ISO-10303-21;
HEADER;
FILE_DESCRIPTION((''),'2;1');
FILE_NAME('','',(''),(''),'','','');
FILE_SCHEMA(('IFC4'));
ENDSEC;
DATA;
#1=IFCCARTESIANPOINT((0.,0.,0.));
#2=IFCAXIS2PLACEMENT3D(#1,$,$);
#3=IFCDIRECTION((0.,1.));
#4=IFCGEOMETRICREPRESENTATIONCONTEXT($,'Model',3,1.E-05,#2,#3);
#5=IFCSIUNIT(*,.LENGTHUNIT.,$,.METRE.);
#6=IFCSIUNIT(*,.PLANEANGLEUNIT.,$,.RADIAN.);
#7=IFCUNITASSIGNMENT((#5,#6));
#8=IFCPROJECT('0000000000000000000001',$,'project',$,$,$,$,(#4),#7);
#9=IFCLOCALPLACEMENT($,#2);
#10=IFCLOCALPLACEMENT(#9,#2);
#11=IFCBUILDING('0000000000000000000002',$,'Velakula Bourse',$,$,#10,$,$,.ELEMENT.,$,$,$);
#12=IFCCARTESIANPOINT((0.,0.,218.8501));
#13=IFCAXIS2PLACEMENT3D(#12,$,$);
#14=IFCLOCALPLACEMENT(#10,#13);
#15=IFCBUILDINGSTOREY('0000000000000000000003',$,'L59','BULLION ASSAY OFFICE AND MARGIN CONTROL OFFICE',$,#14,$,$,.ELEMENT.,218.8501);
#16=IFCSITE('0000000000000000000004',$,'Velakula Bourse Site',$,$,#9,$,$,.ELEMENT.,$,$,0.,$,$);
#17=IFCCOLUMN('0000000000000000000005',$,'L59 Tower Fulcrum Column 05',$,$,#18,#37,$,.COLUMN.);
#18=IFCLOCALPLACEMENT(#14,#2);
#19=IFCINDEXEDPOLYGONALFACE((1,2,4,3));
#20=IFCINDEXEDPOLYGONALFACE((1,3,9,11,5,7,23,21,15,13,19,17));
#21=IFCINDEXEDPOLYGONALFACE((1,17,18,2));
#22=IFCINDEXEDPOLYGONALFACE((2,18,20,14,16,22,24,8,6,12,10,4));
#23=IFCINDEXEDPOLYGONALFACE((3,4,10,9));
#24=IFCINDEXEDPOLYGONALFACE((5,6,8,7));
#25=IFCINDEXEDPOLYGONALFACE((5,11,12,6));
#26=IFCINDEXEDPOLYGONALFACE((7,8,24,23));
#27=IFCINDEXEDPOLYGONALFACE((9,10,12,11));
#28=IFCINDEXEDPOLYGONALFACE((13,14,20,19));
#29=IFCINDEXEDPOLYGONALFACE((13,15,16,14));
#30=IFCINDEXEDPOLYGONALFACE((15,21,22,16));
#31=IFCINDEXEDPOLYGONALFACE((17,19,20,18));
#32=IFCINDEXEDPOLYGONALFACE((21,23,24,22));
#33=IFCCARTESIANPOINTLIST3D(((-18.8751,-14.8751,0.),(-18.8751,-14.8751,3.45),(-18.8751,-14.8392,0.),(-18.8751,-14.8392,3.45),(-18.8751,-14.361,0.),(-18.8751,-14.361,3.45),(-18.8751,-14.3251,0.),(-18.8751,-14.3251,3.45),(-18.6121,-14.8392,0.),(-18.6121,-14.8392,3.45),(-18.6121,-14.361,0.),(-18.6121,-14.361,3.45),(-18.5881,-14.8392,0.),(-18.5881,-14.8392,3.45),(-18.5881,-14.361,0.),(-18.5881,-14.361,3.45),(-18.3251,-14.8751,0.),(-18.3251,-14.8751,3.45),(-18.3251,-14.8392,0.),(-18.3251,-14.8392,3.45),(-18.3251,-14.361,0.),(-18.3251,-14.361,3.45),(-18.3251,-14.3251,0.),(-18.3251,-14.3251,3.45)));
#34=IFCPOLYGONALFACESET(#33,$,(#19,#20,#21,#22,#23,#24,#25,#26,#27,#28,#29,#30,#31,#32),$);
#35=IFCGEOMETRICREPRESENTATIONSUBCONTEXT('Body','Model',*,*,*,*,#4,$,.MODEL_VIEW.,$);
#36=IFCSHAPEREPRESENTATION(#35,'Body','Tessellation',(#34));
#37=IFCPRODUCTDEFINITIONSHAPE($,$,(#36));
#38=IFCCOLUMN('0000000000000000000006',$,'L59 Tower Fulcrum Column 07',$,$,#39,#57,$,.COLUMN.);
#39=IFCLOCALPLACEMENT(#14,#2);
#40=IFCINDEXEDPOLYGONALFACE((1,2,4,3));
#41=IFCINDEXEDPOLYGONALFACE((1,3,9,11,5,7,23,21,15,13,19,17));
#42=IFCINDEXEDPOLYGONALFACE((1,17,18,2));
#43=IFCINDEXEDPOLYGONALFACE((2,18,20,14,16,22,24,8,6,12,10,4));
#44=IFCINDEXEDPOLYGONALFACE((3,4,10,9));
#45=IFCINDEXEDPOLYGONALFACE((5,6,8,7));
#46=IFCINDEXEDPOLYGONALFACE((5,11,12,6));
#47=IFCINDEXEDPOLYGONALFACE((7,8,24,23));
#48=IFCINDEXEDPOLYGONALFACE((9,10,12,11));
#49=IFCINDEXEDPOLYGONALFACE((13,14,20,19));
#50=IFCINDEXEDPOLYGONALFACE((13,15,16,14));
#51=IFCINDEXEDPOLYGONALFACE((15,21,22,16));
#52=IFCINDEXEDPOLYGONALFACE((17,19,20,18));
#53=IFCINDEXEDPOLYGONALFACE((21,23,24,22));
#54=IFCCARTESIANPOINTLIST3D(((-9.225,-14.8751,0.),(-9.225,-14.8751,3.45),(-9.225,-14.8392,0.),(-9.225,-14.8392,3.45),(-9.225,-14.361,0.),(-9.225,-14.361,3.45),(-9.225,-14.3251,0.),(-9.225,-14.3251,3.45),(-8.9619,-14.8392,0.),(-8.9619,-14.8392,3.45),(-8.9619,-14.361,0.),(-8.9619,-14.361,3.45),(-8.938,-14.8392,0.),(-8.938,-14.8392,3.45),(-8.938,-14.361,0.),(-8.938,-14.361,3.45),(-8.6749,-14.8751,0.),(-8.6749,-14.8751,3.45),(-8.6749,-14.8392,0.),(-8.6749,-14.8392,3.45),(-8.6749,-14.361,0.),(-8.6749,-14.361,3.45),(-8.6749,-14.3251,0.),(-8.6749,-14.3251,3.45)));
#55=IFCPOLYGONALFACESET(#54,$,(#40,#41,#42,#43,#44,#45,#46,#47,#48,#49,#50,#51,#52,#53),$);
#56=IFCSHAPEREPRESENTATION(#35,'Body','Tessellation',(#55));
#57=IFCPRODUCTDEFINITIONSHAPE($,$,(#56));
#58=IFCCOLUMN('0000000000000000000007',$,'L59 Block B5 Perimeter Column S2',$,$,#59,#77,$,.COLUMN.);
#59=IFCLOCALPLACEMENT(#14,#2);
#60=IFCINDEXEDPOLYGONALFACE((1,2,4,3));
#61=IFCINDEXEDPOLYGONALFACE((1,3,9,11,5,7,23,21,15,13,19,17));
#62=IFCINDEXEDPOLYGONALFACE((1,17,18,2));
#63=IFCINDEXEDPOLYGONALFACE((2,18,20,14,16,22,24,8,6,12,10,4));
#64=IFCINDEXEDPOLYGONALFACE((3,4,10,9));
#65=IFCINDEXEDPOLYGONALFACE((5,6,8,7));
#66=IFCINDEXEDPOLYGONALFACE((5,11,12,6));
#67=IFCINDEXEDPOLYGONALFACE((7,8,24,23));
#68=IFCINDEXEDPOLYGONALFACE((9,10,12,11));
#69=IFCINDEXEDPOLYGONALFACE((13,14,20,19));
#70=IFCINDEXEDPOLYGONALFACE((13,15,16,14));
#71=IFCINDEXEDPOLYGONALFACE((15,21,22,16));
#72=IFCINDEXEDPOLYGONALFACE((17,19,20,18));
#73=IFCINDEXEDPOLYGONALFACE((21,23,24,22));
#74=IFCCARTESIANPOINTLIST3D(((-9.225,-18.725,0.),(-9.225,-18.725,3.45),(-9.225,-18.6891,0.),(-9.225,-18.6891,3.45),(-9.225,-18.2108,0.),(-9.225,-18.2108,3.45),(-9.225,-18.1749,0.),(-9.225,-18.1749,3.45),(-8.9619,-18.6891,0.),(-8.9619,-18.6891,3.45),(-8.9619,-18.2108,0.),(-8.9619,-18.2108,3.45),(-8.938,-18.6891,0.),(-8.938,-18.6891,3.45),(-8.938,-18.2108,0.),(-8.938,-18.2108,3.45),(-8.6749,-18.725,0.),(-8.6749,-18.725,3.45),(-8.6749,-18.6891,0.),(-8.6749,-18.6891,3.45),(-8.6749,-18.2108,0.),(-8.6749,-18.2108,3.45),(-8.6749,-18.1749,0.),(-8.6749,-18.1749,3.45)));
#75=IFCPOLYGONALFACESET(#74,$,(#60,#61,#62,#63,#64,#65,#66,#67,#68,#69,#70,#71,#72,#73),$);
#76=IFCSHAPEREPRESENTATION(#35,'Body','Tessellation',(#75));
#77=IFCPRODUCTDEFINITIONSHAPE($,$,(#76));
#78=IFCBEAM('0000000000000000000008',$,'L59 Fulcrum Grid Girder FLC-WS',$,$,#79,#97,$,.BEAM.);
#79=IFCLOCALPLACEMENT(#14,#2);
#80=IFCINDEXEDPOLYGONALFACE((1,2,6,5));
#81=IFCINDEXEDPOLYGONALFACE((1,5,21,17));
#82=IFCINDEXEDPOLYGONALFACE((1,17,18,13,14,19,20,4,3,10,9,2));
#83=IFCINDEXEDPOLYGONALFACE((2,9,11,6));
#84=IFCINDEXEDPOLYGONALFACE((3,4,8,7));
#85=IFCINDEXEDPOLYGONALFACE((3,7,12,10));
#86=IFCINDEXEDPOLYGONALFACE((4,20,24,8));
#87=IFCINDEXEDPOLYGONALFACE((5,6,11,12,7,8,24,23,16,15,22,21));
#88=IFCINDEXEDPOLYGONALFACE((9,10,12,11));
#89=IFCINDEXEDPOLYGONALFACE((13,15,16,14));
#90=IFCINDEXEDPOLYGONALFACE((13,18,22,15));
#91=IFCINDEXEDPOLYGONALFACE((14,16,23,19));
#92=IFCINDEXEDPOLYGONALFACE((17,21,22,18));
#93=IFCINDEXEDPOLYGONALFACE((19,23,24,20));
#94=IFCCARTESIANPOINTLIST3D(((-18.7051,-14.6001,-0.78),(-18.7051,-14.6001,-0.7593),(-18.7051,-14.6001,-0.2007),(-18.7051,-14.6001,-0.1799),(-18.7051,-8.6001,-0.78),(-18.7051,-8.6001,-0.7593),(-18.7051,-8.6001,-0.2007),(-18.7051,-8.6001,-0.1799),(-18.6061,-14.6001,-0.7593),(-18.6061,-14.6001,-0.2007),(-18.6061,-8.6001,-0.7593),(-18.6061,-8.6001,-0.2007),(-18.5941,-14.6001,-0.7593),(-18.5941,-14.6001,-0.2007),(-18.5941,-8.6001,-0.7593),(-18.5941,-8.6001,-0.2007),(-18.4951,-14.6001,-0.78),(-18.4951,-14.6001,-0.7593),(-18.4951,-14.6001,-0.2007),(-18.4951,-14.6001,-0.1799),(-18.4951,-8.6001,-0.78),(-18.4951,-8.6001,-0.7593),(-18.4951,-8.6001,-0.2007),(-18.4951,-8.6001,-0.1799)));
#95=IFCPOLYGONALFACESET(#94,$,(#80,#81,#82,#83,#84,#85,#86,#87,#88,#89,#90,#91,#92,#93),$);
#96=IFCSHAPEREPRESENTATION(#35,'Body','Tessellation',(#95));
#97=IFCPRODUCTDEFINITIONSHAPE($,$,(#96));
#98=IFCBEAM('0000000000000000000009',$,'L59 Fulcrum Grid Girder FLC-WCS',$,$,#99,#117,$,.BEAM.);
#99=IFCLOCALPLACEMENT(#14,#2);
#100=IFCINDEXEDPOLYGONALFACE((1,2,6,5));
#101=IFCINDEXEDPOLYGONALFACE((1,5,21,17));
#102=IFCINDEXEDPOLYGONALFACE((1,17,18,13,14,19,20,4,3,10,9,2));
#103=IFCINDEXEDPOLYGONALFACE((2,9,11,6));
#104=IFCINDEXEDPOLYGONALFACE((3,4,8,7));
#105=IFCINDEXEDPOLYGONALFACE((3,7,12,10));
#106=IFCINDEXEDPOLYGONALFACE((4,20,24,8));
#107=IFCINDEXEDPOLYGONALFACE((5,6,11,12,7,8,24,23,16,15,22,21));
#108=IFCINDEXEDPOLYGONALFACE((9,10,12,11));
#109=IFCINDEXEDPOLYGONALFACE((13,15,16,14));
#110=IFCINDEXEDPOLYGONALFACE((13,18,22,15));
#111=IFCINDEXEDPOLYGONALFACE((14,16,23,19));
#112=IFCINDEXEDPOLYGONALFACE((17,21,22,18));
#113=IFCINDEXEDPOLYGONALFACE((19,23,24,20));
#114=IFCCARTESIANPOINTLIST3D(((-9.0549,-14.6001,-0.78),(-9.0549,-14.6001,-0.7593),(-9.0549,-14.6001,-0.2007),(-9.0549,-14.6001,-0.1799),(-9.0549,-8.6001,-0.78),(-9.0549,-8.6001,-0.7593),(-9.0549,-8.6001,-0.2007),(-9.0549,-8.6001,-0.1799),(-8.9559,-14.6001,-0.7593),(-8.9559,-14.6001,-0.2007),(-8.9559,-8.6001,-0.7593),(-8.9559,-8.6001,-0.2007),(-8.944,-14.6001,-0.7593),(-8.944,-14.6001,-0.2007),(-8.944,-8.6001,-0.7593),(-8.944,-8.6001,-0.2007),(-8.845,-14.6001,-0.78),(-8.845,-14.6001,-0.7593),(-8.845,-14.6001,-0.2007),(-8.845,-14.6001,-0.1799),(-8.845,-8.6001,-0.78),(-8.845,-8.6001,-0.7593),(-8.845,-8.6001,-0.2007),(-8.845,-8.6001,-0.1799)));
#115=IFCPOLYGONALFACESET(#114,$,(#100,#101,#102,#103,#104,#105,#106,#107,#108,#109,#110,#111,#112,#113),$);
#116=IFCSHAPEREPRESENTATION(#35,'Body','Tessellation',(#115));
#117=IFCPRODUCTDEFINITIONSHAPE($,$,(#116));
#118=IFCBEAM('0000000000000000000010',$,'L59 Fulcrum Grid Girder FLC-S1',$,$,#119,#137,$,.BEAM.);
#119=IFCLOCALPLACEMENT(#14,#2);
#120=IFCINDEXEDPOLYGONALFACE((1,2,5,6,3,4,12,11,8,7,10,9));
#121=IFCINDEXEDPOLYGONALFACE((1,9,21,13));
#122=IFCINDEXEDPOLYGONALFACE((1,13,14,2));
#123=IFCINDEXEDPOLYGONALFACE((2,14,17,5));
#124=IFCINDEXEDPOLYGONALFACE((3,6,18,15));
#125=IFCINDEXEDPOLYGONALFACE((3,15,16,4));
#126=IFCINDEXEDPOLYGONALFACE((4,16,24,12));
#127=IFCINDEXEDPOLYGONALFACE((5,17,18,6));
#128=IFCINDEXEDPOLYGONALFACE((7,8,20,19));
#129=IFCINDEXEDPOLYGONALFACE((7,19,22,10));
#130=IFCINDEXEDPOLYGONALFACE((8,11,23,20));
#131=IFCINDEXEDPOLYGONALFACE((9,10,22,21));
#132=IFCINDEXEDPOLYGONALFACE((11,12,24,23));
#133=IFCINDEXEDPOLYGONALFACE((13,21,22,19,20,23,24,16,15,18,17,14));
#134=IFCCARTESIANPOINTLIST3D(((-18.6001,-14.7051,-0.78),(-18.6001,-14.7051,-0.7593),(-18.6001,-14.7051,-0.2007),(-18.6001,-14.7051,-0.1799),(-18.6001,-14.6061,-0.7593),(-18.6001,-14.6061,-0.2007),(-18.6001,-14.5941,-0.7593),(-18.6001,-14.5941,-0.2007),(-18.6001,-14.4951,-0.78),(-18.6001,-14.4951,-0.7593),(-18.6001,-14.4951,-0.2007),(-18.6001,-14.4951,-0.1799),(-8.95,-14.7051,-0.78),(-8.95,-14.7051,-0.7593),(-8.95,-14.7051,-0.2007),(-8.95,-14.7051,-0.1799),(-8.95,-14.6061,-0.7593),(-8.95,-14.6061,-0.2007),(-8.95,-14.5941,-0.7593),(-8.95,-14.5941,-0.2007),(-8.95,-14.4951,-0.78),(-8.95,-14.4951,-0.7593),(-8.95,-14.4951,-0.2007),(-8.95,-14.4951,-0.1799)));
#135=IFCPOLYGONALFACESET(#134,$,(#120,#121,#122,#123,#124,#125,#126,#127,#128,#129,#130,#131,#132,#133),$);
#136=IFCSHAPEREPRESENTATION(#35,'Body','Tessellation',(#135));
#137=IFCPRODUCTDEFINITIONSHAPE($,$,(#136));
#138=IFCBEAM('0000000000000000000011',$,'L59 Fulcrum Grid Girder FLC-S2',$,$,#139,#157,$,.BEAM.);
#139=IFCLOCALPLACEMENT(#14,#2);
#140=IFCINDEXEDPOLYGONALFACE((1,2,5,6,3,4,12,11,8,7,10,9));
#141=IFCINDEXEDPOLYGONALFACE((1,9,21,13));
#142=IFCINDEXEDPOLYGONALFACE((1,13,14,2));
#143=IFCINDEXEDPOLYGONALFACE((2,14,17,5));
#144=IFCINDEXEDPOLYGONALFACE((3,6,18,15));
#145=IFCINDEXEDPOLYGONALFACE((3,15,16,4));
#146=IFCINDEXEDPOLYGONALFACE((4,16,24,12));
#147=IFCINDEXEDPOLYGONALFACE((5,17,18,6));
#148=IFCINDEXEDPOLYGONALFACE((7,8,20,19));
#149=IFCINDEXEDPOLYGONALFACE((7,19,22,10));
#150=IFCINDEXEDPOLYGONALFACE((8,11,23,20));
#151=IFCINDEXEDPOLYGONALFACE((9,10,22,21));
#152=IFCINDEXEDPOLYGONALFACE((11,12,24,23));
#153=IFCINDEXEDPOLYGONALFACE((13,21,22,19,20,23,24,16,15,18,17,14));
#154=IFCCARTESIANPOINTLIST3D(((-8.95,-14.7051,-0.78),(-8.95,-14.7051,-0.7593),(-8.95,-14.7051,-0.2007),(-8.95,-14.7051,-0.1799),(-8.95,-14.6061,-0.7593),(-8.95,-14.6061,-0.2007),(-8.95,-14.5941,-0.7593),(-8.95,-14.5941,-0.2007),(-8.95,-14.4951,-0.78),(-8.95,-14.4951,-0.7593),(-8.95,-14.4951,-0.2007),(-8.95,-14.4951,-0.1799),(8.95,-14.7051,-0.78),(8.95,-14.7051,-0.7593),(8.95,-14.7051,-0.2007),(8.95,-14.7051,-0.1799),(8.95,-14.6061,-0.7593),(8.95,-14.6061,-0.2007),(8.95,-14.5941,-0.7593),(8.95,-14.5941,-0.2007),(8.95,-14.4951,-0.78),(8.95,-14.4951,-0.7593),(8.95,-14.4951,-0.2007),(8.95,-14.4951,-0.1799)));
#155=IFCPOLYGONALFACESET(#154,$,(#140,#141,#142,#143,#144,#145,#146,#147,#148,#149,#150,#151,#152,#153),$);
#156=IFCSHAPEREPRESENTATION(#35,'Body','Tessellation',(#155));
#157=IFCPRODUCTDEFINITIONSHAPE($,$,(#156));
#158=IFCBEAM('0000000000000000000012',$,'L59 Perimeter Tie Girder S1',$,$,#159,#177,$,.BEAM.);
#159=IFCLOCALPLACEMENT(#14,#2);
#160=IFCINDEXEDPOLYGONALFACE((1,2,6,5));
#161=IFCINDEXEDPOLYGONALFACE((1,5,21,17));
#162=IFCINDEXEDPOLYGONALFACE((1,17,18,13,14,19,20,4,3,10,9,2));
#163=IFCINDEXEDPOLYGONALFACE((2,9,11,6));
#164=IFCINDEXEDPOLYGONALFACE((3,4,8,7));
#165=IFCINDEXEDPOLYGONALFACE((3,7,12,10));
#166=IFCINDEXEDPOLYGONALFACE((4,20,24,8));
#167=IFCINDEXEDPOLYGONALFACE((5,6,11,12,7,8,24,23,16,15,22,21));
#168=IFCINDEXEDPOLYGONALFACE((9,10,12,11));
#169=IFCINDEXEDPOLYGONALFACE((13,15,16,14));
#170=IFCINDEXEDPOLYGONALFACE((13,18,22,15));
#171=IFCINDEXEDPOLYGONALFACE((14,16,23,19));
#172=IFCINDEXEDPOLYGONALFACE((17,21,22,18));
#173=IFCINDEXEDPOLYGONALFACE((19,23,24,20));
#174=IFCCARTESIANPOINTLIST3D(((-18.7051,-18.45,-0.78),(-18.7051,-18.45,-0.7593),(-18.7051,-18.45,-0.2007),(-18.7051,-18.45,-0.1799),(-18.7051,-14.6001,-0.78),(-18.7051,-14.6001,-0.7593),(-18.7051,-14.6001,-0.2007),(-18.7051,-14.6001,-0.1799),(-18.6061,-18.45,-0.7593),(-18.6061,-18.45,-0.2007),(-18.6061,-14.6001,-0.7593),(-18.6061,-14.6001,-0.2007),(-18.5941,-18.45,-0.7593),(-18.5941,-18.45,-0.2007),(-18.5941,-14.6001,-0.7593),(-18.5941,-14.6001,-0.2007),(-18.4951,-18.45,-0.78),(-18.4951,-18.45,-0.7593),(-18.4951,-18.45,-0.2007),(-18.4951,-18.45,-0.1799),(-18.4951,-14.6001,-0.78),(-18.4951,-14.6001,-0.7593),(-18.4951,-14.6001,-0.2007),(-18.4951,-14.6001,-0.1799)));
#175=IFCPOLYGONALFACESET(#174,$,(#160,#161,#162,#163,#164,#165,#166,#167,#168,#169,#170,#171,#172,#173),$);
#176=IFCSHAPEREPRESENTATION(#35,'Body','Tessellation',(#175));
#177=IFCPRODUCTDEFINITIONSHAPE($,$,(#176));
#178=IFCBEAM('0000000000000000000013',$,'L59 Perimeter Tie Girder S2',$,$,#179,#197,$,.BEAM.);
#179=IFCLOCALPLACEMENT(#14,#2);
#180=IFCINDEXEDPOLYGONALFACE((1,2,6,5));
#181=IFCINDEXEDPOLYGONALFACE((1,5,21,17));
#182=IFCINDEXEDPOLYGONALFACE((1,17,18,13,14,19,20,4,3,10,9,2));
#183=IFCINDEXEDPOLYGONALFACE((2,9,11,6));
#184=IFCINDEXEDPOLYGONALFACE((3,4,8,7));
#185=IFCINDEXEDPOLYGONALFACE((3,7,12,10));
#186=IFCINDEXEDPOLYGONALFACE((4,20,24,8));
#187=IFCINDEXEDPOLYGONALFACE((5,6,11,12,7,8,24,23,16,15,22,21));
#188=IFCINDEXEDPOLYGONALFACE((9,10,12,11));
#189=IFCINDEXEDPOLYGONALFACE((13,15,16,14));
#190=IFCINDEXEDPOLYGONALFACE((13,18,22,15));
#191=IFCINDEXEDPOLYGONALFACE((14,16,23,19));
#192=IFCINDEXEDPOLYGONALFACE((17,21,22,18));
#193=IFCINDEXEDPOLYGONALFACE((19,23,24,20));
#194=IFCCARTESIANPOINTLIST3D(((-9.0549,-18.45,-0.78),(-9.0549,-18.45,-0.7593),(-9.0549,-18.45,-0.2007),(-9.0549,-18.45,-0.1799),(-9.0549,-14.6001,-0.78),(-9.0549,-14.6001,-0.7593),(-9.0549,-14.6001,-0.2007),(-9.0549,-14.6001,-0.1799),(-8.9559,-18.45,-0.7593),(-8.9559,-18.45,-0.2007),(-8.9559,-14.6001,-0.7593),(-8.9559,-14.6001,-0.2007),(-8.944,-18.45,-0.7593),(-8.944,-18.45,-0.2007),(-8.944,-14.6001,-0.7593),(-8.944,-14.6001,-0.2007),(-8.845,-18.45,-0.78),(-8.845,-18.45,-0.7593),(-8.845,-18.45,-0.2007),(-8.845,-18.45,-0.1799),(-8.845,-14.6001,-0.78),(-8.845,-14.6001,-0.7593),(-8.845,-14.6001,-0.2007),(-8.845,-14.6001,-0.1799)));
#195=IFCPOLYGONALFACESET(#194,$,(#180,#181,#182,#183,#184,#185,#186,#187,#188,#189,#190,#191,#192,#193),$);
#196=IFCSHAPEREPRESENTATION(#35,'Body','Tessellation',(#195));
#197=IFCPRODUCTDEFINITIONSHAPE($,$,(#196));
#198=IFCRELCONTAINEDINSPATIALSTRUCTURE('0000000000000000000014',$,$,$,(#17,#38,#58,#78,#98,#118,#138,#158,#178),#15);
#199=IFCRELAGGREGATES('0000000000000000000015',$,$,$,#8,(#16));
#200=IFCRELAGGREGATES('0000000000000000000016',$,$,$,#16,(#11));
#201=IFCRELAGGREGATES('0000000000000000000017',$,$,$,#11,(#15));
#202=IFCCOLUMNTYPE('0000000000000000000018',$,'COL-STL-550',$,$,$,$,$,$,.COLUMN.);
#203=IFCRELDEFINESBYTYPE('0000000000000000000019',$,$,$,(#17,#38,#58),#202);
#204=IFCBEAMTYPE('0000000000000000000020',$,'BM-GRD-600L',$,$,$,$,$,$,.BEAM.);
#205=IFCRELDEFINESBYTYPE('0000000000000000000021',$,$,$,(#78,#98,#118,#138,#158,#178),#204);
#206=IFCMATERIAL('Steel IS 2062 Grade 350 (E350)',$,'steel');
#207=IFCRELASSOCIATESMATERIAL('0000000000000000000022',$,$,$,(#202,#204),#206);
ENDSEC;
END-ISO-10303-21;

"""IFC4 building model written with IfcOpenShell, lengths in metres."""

from ifc_helpers import new_model, si_unit, direction, frame, origin, origin_2d, place, context, subcontext, project, spatial, i_section, extrude, material, material_profile, profile_set, type_object, element, save


model = new_model("IFC4")

# Units and contexts
model_context = context("Model", 3, precision=1e-05, world=origin(), true_north=direction((0.0, 1.0)))
body_context = subcontext(model_context, "Body", "Model", "MODEL_VIEW")
ifc_project = project(units=[si_unit("LENGTHUNIT", "METRE"), si_unit("PLANEANGLEUNIT", "RADIAN")], contexts=[model_context])

# Site, building, storey
site_placement = place(None, origin())
site = spatial("IfcSite", under=ifc_project, at=site_placement, Name="Velakula Bourse Site", CompositionType="ELEMENT", RefElevation=0.0)
building_placement = place(site_placement, origin())
building = spatial("IfcBuilding", under=site, at=building_placement, Name="Velakula Bourse", CompositionType="ELEMENT")
storey_placement = place(building_placement, frame((0.0, 0.0, 218.8501)))
storey = spatial("IfcBuildingStorey", under=building, at=storey_placement, Name="L59", Description="BULLION ASSAY OFFICE AND MARGIN CONTROL OFFICE", CompositionType="ELEMENT", Elevation=218.8501)

# Columns
ifc_material_1 = material(Name="Steel IS 2062 Grade 350 (E350)", Category="steel")
ifc_material_profile_1 = material_profile(ifc_material_1, i_section(OverallWidth=0.55, OverallDepth=0.55, WebThickness=0.0239, FlangeThickness=0.0359, at=origin_2d()), Name="Steel IS 2062 Grade 350 (E350)")
ifc_profile_set_1 = profile_set([ifc_material_profile_1], Name="Steel IS 2062 Grade 350 (E350)")
column_type = type_object("IfcColumnType", Name="COL-STL-550", PredefinedType="COLUMN", material=ifc_profile_set_1)
for number, where, z_axis, x_axis, name in (
    (1, (-18.6001, -14.6001, 0.0), (0.0, 0.0, 1.0), (1.0, 0.0, 0.0), "L59 Tower Fulcrum Column 05"),
    (2, (-8.95, -14.6001, 0.0), (0.0, 0.0, 1.0), (1.0, 0.0, 0.0), "L59 Tower Fulcrum Column 07"),
    (3, (-8.95, -18.45, 0.0), (0.0, 0.0, 1.0), (1.0, 0.0, 0.0), "L59 Block B5 Perimeter Column S2"),
):
    element("IfcColumn", number, at=place(storey_placement, frame(where, z_axis=z_axis, x_axis=x_axis)), inside=storey, type_object=column_type, Name=name, PredefinedType="COLUMN", context=body_context, shape_type="SweptSolid", body=[
        extrude(i_section(OverallWidth=0.55, OverallDepth=0.55, WebThickness=0.0239, FlangeThickness=0.0359, at=origin_2d()), origin(), (0.0, 0.0, 1.0), 3.45),
    ])

# Beams
ifc_material_profile_2 = material_profile(ifc_material_1, i_section(OverallWidth=0.21, OverallDepth=0.6001, WebThickness=0.012, FlangeThickness=0.0208, at=origin_2d()), Name="Steel IS 2062 Grade 350 (E350)")
ifc_profile_set_2 = profile_set([ifc_material_profile_2], Name="Steel IS 2062 Grade 350 (E350)")
beam_type_1 = type_object("IfcBeamType", Name="BM-GRD-600L", PredefinedType="BEAM", material=ifc_profile_set_2)
for number, where, z_axis, x_axis, name in (
    (4, (-18.6001, -14.6001, -0.48), (0.0, 1.0, 0.0), (-1.0, 0.0, 0.0), "L59 Fulcrum Grid Girder FLC-WS"),
    (5, (-8.95, -14.6001, -0.48), (0.0, 1.0, 0.0), (-1.0, 0.0, 0.0), "L59 Fulcrum Grid Girder FLC-WCS"),
):
    element("IfcBeam", number, at=place(storey_placement, frame(where, z_axis=z_axis, x_axis=x_axis)), inside=storey, type_object=beam_type_1, Name=name, PredefinedType="BEAM", context=body_context, shape_type="SweptSolid", body=[
        extrude(i_section(OverallWidth=0.21, OverallDepth=0.6001, WebThickness=0.012, FlangeThickness=0.0208, at=origin_2d()), origin(), (0.0, 0.0, 1.0), 6.0),
    ])
beam_1_placement = place(storey_placement, frame((-18.6001, -14.6001, -0.48), z_axis=(1.0, 0.0, 0.0), x_axis=(0.0, 1.0, 0.0)))
element("IfcBeam", 6, at=beam_1_placement, inside=storey, type_object=beam_type_1, Name="L59 Fulcrum Grid Girder FLC-S1", PredefinedType="BEAM", context=body_context, shape_type="SweptSolid", body=[
    extrude(i_section(OverallWidth=0.21, OverallDepth=0.6001, WebThickness=0.012, FlangeThickness=0.0208, at=origin_2d()), origin(), (0.0, 0.0, 1.0), 9.6501),
])
beam_2_placement = place(storey_placement, frame((-8.95, -14.6001, -0.48), z_axis=(1.0, 0.0, 0.0), x_axis=(0.0, 1.0, 0.0)))
element("IfcBeam", 7, at=beam_2_placement, inside=storey, type_object=beam_type_1, Name="L59 Fulcrum Grid Girder FLC-S2", PredefinedType="BEAM", context=body_context, shape_type="SweptSolid", body=[
    extrude(i_section(OverallWidth=0.21, OverallDepth=0.6001, WebThickness=0.012, FlangeThickness=0.0208, at=origin_2d()), origin(), (0.0, 0.0, 1.0), 17.8999),
])
for number, where, z_axis, x_axis, name in (
    (8, (-18.6001, -14.6001, -0.48), (0.0, -1.0, 0.0), (1.0, 0.0, 0.0), "L59 Perimeter Tie Girder S1"),
    (9, (-8.95, -14.6001, -0.48), (0.0, -1.0, 0.0), (1.0, 0.0, 0.0), "L59 Perimeter Tie Girder S2"),
):
    element("IfcBeam", number, at=place(storey_placement, frame(where, z_axis=z_axis, x_axis=x_axis)), inside=storey, type_object=beam_type_1, Name=name, PredefinedType="BEAM", context=body_context, shape_type="SweptSolid", body=[
        extrude(i_section(OverallWidth=0.21, OverallDepth=0.6001, WebThickness=0.012, FlangeThickness=0.0208, at=origin_2d()), origin(), (0.0, 0.0, 1.0), 3.8499),
    ])

save(model, "model.ifc")
